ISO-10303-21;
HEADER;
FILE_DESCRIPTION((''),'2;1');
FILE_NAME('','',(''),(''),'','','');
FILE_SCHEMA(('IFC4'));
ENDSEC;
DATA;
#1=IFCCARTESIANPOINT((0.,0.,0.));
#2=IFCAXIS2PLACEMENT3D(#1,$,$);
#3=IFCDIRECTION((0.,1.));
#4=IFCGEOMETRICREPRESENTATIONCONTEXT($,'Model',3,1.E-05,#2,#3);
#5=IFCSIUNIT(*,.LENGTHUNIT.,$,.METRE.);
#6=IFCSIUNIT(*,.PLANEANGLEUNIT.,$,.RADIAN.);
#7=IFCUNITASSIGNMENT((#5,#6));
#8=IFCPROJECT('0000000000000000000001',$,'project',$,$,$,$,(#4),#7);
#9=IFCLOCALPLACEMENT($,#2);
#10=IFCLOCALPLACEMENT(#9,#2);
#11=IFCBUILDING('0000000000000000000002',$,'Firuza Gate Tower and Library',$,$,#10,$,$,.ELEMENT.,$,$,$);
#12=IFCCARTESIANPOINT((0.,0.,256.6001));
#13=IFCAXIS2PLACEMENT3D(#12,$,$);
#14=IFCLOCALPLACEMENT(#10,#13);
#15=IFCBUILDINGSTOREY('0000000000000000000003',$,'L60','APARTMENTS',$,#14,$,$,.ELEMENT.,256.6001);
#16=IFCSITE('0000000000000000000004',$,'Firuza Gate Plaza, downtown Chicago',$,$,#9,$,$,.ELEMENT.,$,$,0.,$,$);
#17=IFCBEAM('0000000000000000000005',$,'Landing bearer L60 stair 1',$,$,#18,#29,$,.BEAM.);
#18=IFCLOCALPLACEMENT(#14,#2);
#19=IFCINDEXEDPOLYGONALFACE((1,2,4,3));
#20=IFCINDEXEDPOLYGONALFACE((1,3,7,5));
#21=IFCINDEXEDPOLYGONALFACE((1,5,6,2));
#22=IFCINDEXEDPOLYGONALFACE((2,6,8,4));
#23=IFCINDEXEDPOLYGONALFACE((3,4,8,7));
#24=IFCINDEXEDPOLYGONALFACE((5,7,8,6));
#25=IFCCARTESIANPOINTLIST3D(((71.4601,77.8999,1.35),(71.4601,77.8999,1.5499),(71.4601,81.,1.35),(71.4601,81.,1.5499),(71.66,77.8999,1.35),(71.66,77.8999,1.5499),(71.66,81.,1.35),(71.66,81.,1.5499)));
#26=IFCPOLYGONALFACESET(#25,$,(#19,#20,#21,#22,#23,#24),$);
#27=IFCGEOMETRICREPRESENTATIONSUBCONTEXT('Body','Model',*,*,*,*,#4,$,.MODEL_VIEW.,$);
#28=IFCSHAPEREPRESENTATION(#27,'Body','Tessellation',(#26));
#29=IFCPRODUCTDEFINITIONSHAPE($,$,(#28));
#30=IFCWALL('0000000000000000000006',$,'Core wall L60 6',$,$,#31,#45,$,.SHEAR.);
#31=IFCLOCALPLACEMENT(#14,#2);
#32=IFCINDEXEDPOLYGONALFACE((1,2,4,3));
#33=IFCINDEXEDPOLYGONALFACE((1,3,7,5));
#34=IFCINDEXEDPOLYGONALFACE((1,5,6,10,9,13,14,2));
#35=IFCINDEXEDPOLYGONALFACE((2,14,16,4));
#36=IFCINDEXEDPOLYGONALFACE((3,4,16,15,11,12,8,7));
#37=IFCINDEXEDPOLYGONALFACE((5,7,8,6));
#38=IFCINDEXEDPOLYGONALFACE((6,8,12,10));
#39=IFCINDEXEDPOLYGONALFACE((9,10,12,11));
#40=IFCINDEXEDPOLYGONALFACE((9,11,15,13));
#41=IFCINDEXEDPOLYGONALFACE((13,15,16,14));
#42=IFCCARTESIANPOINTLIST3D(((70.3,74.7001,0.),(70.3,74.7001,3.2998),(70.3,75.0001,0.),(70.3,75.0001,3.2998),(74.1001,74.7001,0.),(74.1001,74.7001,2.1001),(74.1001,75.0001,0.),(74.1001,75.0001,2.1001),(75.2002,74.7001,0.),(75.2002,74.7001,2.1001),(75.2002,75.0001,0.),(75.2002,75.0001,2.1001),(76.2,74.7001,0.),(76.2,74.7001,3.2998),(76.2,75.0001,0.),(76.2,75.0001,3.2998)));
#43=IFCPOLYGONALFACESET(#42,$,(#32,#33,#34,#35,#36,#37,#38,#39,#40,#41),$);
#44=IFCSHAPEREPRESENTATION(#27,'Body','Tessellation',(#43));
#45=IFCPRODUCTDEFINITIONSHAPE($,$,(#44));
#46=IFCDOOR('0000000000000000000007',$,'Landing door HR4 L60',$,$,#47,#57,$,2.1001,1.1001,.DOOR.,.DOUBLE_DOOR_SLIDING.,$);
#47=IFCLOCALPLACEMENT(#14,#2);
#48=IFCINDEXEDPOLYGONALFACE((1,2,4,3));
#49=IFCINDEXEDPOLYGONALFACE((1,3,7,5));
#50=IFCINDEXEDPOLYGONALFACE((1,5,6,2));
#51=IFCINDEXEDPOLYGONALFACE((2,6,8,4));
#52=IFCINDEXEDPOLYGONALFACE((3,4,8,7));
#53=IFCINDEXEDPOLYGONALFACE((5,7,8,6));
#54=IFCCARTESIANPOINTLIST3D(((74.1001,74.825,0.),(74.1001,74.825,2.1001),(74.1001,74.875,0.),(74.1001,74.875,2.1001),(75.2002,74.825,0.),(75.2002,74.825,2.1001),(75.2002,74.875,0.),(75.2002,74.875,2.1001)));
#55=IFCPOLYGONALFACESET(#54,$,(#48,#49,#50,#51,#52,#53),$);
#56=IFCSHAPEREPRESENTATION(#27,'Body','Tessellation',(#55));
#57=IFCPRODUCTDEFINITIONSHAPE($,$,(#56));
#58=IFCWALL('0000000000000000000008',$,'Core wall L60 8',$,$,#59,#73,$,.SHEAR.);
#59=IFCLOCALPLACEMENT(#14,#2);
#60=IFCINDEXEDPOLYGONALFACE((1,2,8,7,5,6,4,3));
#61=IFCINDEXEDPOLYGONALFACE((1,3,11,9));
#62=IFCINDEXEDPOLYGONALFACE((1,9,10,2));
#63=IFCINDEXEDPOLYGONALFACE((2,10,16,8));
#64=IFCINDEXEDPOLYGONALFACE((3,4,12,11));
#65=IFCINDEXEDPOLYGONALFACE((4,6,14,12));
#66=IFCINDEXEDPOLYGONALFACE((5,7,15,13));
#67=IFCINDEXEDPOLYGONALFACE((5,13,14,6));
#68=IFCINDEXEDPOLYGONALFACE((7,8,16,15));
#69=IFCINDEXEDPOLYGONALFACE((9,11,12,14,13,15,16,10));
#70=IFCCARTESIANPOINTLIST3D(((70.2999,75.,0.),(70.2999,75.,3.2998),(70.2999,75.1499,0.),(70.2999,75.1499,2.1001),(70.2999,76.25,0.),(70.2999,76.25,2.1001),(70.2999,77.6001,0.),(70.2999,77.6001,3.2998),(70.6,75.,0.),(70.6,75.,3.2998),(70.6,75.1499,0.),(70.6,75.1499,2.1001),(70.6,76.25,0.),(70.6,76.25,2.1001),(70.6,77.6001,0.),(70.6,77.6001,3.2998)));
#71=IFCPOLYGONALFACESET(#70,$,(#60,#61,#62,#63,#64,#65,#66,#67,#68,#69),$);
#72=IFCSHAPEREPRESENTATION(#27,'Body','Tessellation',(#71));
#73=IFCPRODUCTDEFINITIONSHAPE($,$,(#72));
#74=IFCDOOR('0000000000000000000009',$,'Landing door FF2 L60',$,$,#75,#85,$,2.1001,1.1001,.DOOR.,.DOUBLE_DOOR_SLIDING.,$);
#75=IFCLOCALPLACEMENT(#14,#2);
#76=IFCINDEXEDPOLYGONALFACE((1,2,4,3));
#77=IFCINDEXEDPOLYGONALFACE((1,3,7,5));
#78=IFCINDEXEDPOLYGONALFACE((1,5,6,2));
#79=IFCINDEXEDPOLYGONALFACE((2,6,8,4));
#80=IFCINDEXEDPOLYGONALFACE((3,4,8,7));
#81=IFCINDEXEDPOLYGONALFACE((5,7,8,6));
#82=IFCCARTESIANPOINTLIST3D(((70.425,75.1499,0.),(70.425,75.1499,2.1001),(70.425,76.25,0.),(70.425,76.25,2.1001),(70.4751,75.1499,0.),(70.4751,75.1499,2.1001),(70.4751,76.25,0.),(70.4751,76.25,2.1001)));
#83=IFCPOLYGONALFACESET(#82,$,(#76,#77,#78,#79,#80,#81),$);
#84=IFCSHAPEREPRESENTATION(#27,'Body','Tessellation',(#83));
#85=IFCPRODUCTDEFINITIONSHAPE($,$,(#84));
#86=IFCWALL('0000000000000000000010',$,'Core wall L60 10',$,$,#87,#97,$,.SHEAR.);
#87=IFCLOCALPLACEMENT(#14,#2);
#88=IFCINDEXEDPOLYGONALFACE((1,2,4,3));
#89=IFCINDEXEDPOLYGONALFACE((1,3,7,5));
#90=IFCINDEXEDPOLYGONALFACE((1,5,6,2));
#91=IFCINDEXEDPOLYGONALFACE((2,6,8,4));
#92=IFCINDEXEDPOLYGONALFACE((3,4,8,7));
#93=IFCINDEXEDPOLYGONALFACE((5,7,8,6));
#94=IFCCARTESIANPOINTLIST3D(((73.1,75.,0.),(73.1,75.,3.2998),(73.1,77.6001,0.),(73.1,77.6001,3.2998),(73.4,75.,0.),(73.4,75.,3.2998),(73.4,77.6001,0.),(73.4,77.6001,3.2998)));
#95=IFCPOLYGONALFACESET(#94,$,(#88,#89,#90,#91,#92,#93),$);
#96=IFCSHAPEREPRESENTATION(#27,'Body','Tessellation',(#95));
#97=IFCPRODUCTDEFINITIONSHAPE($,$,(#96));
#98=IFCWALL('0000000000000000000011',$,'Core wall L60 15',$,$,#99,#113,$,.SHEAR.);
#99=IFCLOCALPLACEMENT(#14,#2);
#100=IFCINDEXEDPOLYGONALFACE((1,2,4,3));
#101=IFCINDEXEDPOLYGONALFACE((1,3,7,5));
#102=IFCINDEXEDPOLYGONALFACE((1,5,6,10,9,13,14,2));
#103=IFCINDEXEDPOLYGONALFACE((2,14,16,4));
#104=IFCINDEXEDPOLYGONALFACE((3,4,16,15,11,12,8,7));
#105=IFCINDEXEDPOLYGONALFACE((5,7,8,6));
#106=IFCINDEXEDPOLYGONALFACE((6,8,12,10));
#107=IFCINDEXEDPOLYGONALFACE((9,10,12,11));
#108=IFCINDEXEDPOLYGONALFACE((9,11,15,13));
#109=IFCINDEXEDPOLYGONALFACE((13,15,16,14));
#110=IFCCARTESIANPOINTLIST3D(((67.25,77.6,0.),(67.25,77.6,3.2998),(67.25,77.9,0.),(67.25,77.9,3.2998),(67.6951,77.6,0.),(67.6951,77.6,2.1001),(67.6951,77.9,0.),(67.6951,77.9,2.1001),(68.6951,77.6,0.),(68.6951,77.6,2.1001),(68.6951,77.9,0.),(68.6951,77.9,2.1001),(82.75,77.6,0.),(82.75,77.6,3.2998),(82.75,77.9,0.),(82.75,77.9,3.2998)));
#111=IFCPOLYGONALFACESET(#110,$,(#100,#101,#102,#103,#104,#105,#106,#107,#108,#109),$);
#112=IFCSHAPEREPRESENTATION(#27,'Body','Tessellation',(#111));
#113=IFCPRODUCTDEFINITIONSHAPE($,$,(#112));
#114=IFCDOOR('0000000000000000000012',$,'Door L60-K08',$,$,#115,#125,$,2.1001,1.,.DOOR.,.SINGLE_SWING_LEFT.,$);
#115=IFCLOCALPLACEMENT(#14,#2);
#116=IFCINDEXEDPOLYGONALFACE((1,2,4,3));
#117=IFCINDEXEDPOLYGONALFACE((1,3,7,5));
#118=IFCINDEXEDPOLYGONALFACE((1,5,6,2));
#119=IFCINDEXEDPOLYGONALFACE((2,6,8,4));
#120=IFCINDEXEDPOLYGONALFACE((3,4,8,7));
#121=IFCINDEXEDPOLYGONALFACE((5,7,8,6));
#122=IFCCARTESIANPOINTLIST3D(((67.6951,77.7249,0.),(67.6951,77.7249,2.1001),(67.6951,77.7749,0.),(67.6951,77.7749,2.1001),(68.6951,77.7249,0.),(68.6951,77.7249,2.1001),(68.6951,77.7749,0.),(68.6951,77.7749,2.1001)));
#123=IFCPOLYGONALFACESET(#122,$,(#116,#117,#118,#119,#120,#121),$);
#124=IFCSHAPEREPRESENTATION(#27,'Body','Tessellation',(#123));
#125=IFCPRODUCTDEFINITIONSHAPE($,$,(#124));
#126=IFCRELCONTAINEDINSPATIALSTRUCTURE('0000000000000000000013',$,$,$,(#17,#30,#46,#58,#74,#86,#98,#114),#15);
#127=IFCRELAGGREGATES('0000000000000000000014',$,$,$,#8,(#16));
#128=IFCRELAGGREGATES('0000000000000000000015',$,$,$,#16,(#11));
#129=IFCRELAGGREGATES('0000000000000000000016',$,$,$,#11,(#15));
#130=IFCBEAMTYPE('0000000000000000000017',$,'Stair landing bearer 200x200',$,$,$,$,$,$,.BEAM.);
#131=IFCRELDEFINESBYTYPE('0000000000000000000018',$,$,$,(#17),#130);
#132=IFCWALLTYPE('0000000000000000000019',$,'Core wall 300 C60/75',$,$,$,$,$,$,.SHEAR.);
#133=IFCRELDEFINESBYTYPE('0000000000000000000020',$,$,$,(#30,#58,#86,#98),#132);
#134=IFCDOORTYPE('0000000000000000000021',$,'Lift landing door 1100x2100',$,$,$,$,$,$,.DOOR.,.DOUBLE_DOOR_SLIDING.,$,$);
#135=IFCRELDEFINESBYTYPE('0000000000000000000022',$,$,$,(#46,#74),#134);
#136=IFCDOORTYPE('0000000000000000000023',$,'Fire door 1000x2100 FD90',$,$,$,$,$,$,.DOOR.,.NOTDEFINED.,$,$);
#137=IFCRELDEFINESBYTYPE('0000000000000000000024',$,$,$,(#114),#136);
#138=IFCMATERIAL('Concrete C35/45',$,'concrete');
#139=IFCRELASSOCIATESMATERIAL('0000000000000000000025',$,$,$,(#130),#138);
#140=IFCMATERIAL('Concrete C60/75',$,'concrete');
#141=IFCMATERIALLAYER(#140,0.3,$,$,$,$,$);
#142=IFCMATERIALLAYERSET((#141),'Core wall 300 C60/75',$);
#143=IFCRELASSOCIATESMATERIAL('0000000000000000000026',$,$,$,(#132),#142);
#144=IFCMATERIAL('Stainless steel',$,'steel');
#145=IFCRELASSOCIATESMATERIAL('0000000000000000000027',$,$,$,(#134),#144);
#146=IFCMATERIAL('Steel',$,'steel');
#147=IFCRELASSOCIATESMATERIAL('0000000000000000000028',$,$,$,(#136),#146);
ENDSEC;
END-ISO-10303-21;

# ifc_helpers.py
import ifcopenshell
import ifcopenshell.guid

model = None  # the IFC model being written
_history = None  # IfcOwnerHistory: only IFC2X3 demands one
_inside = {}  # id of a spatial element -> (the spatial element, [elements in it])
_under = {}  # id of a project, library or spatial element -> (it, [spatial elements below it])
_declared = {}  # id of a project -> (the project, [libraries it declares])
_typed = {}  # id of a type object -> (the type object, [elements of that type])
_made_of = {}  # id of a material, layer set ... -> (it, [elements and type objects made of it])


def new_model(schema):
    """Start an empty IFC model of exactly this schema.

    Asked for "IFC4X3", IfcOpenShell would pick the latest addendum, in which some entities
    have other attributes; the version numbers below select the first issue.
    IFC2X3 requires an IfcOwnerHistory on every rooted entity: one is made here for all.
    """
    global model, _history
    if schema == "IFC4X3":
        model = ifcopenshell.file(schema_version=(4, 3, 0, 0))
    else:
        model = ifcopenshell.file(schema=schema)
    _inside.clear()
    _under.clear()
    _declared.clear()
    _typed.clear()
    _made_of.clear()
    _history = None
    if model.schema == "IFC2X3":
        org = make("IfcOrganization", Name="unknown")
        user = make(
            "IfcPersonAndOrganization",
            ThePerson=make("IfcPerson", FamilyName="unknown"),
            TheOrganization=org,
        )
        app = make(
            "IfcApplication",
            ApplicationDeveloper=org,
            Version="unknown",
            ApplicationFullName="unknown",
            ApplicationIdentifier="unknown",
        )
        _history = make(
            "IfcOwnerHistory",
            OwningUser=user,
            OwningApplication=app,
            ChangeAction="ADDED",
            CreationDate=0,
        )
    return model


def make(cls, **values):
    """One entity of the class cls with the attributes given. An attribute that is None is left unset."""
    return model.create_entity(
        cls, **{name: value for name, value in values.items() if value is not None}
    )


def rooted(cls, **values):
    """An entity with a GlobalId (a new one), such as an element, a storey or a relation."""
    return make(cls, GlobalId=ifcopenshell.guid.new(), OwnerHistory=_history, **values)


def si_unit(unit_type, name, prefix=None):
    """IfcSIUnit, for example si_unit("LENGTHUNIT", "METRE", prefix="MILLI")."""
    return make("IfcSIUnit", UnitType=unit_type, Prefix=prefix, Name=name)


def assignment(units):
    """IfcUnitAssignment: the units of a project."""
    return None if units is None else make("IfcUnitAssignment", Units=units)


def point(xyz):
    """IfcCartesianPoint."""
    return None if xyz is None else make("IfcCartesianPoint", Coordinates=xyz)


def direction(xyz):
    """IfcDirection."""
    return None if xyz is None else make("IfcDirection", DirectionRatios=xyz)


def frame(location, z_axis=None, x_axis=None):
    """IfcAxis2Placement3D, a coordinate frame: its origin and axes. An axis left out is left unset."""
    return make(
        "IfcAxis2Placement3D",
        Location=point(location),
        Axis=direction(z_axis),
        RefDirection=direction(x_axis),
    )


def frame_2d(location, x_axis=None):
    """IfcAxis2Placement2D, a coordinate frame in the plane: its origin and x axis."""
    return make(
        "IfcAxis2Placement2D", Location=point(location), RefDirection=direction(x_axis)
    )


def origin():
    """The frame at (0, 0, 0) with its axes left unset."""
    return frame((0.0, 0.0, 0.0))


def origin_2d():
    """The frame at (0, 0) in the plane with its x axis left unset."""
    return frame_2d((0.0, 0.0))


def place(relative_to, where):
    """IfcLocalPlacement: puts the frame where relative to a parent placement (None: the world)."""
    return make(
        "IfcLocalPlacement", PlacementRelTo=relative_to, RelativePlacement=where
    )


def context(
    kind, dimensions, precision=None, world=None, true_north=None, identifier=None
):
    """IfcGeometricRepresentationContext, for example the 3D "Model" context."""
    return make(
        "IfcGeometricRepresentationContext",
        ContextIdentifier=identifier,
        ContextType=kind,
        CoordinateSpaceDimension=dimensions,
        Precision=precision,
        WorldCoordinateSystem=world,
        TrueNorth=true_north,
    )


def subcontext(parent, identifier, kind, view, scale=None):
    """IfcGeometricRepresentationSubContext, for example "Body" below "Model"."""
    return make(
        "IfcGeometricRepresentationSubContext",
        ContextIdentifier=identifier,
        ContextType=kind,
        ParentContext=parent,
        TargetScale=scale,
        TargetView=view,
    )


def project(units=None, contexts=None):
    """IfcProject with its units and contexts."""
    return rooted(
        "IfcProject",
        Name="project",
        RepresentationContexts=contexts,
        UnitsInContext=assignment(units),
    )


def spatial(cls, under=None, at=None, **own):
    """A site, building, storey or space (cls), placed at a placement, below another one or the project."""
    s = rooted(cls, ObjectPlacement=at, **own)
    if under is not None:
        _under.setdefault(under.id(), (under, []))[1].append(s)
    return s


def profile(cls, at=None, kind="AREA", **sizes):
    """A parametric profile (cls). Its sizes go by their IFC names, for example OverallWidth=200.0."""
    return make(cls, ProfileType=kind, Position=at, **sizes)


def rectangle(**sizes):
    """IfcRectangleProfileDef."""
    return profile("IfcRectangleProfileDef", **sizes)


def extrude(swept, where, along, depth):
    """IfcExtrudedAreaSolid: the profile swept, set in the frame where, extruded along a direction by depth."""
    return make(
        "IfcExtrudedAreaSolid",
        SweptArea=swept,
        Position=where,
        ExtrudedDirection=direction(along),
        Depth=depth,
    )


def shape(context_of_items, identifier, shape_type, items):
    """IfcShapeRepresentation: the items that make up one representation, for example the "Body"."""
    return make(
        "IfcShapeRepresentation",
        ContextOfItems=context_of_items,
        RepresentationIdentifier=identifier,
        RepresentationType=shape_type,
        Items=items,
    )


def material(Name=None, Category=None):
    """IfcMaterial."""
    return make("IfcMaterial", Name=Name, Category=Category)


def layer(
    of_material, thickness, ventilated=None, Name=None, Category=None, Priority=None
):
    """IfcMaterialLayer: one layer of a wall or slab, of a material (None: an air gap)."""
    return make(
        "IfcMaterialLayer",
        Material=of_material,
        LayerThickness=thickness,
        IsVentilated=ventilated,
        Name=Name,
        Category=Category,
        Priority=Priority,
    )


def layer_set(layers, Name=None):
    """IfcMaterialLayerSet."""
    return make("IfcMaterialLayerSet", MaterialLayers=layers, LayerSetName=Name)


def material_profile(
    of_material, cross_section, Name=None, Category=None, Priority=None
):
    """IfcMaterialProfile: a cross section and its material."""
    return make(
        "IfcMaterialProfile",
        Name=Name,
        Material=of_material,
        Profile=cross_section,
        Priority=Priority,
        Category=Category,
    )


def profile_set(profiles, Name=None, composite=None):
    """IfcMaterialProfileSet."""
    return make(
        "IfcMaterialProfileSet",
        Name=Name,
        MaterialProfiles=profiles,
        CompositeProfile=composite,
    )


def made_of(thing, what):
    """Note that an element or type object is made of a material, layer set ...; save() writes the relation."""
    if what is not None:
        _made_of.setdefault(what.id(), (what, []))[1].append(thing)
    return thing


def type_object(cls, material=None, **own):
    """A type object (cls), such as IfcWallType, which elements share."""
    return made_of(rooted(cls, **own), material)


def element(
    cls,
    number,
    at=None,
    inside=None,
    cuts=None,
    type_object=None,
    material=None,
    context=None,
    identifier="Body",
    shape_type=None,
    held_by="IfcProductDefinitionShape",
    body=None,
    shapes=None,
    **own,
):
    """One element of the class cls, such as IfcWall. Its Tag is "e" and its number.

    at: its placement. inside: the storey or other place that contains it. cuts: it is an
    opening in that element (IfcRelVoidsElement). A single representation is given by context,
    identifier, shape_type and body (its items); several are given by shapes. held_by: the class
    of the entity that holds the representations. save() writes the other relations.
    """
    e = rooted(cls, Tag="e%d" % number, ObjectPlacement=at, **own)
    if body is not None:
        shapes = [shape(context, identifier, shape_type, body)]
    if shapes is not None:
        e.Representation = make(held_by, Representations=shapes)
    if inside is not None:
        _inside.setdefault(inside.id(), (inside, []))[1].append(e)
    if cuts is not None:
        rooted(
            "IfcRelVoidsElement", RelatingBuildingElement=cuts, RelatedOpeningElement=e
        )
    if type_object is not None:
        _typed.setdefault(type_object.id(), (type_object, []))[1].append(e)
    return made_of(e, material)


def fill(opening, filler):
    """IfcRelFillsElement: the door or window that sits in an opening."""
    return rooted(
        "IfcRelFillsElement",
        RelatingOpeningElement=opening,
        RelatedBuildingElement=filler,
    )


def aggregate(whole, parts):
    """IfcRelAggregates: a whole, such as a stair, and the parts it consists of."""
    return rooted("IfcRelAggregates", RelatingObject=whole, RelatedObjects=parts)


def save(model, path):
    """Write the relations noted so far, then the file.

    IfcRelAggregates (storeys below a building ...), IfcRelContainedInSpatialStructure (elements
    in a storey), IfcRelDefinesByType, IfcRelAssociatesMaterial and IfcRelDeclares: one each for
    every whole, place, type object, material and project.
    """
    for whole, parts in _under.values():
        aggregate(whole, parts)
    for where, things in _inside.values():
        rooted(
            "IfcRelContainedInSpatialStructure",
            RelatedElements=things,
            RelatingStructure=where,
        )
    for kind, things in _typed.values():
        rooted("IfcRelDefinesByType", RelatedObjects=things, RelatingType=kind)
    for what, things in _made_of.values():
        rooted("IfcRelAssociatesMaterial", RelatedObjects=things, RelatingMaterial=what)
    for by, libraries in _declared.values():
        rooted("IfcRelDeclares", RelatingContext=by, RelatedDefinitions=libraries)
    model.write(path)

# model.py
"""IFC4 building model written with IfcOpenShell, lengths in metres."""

from ifc_helpers import new_model, si_unit, direction, frame, frame_2d, origin, origin_2d, place, context, subcontext, project, spatial, rectangle, extrude, material, layer, layer_set, material_profile, profile_set, type_object, element, fill, save


model = new_model("IFC4")

# Units and contexts
model_context = context("Model", 3, precision=1e-05, world=origin(), true_north=direction((0.0, 1.0)))
body_context = subcontext(model_context, "Body", "Model", "MODEL_VIEW")
ifc_project = project(units=[si_unit("LENGTHUNIT", "METRE"), si_unit("PLANEANGLEUNIT", "RADIAN")], contexts=[model_context])

# Site, building, storey
site_placement = place(None, origin())
site = spatial("IfcSite", under=ifc_project, at=site_placement, Name="Firuza Gate Plaza, downtown Chicago", CompositionType="ELEMENT", RefElevation=0.0)
building_placement = place(site_placement, origin())
building = spatial("IfcBuilding", under=site, at=building_placement, Name="Firuza Gate Tower and Library", CompositionType="ELEMENT")
storey_placement = place(building_placement, frame((0.0, 0.0, 256.6001)))
storey = spatial("IfcBuildingStorey", under=building, at=storey_placement, Name="L60", Description="APARTMENTS", CompositionType="ELEMENT", Elevation=256.6001)

# Beam
ifc_material_1 = material(Name="Concrete C35/45", Category="concrete")
ifc_material_profile = material_profile(ifc_material_1, rectangle(XDim=0.2, YDim=0.2, at=origin_2d()))
ifc_profile_set = profile_set([ifc_material_profile], Name="Concrete C35/45")
beam_type = type_object("IfcBeamType", Name="Stair landing bearer 200x200", PredefinedType="BEAM", material=ifc_profile_set)
beam_placement = place(storey_placement, frame((71.5601, 77.8999, 1.45), z_axis=(0.0, 1.0, 0.0), x_axis=(-1.0, 0.0, 0.0)))
element("IfcBeam", 1, at=beam_placement, inside=storey, type_object=beam_type, Name="Landing bearer L60 stair 1", PredefinedType="BEAM", context=body_context, shape_type="SweptSolid", body=[
    extrude(rectangle(XDim=0.2, YDim=0.2, at=origin_2d()), origin(), (0.0, 0.0, 1.0), 3.1001),
])

# Walls, openings, doors
ifc_material_2 = material(Name="Concrete C60/75", Category="concrete")
ifc_layer_1 = layer(ifc_material_2, 0.3)
ifc_layer_set_1 = layer_set([ifc_layer_1], Name="Core wall 300 C60/75")
wall_type_1 = type_object("IfcWallType", Name="Core wall 300 C60/75", PredefinedType="SHEAR", material=ifc_layer_set_1)
wall_1_placement = place(storey_placement, frame((70.3, 74.8501, 0.0), z_axis=(0.0, 0.0, 1.0), x_axis=(1.0, 0.0, 0.0)))
wall_1 = element("IfcWall", 2, at=wall_1_placement, inside=storey, type_object=wall_type_1, Name="Core wall L60 6", PredefinedType="SHEAR", context=body_context, shape_type="SweptSolid", body=[
    extrude(rectangle(XDim=5.8999, YDim=0.3, at=frame_2d((2.95, 0.0))), origin(), (0.0, 0.0, 1.0), 3.2998),
])
opening_1_placement = place(wall_1_placement, frame((3.8, 0.0, 0.0)))
opening_1 = element("IfcOpeningElement", 3, at=opening_1_placement, cuts=wall_1, PredefinedType="OPENING", context=body_context, shape_type="SweptSolid", body=[
    extrude(rectangle(XDim=1.1001, YDim=2.1001, at=frame_2d((0.55, 1.05))), frame((0.0, 0.1602, 0.0), z_axis=(0.0, -1.0, 0.0), x_axis=(1.0, 0.0, 0.0)), (0.0, 0.0, 1.0), 0.3201),
])
ifc_material_3 = material(Name="Stainless steel", Category="steel")
door_type_1 = type_object("IfcDoorType", Name="Lift landing door 1100x2100", OperationType="DOUBLE_DOOR_SLIDING", PredefinedType="DOOR", material=ifc_material_3)
door_1_placement = place(opening_1_placement, origin())
door_1 = element("IfcDoor", 4, at=door_1_placement, inside=storey, type_object=door_type_1, Name="Landing door HR4 L60", OperationType="DOUBLE_DOOR_SLIDING", OverallHeight=2.1001, OverallWidth=1.1001, PredefinedType="DOOR", context=body_context, shape_type="SweptSolid", body=[
    extrude(rectangle(XDim=1.1001, YDim=2.1001, at=frame_2d((0.55, 1.05))), frame((0.0, 0.0249, 0.0), z_axis=(0.0, -1.0, 0.0), x_axis=(1.0, 0.0, 0.0)), (0.0, 0.0, 1.0), 0.05),
])
fill(opening_1, door_1)
wall_2_placement = place(storey_placement, frame((70.45, 75.0, 0.0), z_axis=(0.0, 0.0, 1.0), x_axis=(0.0, 1.0, 0.0)))
wall_2 = element("IfcWall", 5, at=wall_2_placement, inside=storey, type_object=wall_type_1, Name="Core wall L60 8", PredefinedType="SHEAR", context=body_context, shape_type="SweptSolid", body=[
    extrude(rectangle(XDim=2.6001, YDim=0.3, at=frame_2d((1.3, 0.0))), origin(), (0.0, 0.0, 1.0), 3.2998),
])
opening_2_placement = place(wall_2_placement, frame((0.1499, 0.0, 0.0)))
opening_2 = element("IfcOpeningElement", 6, at=opening_2_placement, cuts=wall_2, PredefinedType="OPENING", context=body_context, shape_type="SweptSolid", body=[
    extrude(rectangle(XDim=1.1001, YDim=2.1001, at=frame_2d((0.55, 1.05))), frame((0.0, 0.1602, 0.0), z_axis=(0.0, -1.0, 0.0), x_axis=(1.0, 0.0, 0.0)), (0.0, 0.0, 1.0), 0.3201),
])
door_2_placement = place(opening_2_placement, origin())
door_2 = element("IfcDoor", 7, at=door_2_placement, inside=storey, type_object=door_type_1, Name="Landing door FF2 L60", OperationType="DOUBLE_DOOR_SLIDING", OverallHeight=2.1001, OverallWidth=1.1001, PredefinedType="DOOR", context=body_context, shape_type="SweptSolid", body=[
    extrude(rectangle(XDim=1.1001, YDim=2.1001, at=frame_2d((0.55, 1.05))), frame((0.0, 0.0249, 0.0), z_axis=(0.0, -1.0, 0.0), x_axis=(1.0, 0.0, 0.0)), (0.0, 0.0, 1.0), 0.05),
])
fill(opening_2, door_2)

# Wall
wall_3_placement = place(storey_placement, frame((73.25, 75.0, 0.0), z_axis=(0.0, 0.0, 1.0), x_axis=(0.0, 1.0, 0.0)))
element("IfcWall", 8, at=wall_3_placement, inside=storey, type_object=wall_type_1, Name="Core wall L60 10", PredefinedType="SHEAR", context=body_context, shape_type="SweptSolid", body=[
    extrude(rectangle(XDim=2.6001, YDim=0.3, at=frame_2d((1.3, 0.0))), origin(), (0.0, 0.0, 1.0), 3.2998),
])

# Wall, opening, door
wall_4_placement = place(storey_placement, frame((67.25, 77.75, 0.0), z_axis=(0.0, 0.0, 1.0), x_axis=(1.0, 0.0, 0.0)))
wall_4 = element("IfcWall", 9, at=wall_4_placement, inside=storey, type_object=wall_type_1, Name="Core wall L60 15", PredefinedType="SHEAR", context=body_context, shape_type="SweptSolid", body=[
    extrude(rectangle(XDim=15.5, YDim=0.3, at=frame_2d((7.75, 0.0))), origin(), (0.0, 0.0, 1.0), 3.2998),
])
opening_3_placement = place(wall_4_placement, frame((0.4451, 0.0, 0.0)))
opening_3 = element("IfcOpeningElement", 10, at=opening_3_placement, cuts=wall_4, PredefinedType="OPENING", context=body_context, shape_type="SweptSolid", body=[
    extrude(rectangle(XDim=1.0, YDim=2.1001, at=frame_2d((0.5, 1.05))), frame((0.0, 0.1602, 0.0), z_axis=(0.0, -1.0, 0.0), x_axis=(1.0, 0.0, 0.0)), (0.0, 0.0, 1.0), 0.3201),
])
ifc_material_4 = material(Name="Steel", Category="steel")
door_type_2 = type_object("IfcDoorType", Name="Fire door 1000x2100 FD90", OperationType="NOTDEFINED", PredefinedType="DOOR", material=ifc_material_4)
door_3_placement = place(opening_3_placement, origin())
door_3 = element("IfcDoor", 11, at=door_3_placement, inside=storey, type_object=door_type_2, Name="Door L60-K08", OperationType="SINGLE_SWING_LEFT", OverallHeight=2.1001, OverallWidth=1.0, PredefinedType="DOOR", context=body_context, shape_type="SweptSolid", body=[
    extrude(rectangle(XDim=1.0, YDim=2.1001, at=frame_2d((0.5, 1.05))), frame((0.0, 0.0249, 0.0), z_axis=(0.0, -1.0, 0.0), x_axis=(1.0, 0.0, 0.0)), (0.0, 0.0, 1.0), 0.05),
])
fill(opening_3, door_3)

save(model, "model.ifc")
